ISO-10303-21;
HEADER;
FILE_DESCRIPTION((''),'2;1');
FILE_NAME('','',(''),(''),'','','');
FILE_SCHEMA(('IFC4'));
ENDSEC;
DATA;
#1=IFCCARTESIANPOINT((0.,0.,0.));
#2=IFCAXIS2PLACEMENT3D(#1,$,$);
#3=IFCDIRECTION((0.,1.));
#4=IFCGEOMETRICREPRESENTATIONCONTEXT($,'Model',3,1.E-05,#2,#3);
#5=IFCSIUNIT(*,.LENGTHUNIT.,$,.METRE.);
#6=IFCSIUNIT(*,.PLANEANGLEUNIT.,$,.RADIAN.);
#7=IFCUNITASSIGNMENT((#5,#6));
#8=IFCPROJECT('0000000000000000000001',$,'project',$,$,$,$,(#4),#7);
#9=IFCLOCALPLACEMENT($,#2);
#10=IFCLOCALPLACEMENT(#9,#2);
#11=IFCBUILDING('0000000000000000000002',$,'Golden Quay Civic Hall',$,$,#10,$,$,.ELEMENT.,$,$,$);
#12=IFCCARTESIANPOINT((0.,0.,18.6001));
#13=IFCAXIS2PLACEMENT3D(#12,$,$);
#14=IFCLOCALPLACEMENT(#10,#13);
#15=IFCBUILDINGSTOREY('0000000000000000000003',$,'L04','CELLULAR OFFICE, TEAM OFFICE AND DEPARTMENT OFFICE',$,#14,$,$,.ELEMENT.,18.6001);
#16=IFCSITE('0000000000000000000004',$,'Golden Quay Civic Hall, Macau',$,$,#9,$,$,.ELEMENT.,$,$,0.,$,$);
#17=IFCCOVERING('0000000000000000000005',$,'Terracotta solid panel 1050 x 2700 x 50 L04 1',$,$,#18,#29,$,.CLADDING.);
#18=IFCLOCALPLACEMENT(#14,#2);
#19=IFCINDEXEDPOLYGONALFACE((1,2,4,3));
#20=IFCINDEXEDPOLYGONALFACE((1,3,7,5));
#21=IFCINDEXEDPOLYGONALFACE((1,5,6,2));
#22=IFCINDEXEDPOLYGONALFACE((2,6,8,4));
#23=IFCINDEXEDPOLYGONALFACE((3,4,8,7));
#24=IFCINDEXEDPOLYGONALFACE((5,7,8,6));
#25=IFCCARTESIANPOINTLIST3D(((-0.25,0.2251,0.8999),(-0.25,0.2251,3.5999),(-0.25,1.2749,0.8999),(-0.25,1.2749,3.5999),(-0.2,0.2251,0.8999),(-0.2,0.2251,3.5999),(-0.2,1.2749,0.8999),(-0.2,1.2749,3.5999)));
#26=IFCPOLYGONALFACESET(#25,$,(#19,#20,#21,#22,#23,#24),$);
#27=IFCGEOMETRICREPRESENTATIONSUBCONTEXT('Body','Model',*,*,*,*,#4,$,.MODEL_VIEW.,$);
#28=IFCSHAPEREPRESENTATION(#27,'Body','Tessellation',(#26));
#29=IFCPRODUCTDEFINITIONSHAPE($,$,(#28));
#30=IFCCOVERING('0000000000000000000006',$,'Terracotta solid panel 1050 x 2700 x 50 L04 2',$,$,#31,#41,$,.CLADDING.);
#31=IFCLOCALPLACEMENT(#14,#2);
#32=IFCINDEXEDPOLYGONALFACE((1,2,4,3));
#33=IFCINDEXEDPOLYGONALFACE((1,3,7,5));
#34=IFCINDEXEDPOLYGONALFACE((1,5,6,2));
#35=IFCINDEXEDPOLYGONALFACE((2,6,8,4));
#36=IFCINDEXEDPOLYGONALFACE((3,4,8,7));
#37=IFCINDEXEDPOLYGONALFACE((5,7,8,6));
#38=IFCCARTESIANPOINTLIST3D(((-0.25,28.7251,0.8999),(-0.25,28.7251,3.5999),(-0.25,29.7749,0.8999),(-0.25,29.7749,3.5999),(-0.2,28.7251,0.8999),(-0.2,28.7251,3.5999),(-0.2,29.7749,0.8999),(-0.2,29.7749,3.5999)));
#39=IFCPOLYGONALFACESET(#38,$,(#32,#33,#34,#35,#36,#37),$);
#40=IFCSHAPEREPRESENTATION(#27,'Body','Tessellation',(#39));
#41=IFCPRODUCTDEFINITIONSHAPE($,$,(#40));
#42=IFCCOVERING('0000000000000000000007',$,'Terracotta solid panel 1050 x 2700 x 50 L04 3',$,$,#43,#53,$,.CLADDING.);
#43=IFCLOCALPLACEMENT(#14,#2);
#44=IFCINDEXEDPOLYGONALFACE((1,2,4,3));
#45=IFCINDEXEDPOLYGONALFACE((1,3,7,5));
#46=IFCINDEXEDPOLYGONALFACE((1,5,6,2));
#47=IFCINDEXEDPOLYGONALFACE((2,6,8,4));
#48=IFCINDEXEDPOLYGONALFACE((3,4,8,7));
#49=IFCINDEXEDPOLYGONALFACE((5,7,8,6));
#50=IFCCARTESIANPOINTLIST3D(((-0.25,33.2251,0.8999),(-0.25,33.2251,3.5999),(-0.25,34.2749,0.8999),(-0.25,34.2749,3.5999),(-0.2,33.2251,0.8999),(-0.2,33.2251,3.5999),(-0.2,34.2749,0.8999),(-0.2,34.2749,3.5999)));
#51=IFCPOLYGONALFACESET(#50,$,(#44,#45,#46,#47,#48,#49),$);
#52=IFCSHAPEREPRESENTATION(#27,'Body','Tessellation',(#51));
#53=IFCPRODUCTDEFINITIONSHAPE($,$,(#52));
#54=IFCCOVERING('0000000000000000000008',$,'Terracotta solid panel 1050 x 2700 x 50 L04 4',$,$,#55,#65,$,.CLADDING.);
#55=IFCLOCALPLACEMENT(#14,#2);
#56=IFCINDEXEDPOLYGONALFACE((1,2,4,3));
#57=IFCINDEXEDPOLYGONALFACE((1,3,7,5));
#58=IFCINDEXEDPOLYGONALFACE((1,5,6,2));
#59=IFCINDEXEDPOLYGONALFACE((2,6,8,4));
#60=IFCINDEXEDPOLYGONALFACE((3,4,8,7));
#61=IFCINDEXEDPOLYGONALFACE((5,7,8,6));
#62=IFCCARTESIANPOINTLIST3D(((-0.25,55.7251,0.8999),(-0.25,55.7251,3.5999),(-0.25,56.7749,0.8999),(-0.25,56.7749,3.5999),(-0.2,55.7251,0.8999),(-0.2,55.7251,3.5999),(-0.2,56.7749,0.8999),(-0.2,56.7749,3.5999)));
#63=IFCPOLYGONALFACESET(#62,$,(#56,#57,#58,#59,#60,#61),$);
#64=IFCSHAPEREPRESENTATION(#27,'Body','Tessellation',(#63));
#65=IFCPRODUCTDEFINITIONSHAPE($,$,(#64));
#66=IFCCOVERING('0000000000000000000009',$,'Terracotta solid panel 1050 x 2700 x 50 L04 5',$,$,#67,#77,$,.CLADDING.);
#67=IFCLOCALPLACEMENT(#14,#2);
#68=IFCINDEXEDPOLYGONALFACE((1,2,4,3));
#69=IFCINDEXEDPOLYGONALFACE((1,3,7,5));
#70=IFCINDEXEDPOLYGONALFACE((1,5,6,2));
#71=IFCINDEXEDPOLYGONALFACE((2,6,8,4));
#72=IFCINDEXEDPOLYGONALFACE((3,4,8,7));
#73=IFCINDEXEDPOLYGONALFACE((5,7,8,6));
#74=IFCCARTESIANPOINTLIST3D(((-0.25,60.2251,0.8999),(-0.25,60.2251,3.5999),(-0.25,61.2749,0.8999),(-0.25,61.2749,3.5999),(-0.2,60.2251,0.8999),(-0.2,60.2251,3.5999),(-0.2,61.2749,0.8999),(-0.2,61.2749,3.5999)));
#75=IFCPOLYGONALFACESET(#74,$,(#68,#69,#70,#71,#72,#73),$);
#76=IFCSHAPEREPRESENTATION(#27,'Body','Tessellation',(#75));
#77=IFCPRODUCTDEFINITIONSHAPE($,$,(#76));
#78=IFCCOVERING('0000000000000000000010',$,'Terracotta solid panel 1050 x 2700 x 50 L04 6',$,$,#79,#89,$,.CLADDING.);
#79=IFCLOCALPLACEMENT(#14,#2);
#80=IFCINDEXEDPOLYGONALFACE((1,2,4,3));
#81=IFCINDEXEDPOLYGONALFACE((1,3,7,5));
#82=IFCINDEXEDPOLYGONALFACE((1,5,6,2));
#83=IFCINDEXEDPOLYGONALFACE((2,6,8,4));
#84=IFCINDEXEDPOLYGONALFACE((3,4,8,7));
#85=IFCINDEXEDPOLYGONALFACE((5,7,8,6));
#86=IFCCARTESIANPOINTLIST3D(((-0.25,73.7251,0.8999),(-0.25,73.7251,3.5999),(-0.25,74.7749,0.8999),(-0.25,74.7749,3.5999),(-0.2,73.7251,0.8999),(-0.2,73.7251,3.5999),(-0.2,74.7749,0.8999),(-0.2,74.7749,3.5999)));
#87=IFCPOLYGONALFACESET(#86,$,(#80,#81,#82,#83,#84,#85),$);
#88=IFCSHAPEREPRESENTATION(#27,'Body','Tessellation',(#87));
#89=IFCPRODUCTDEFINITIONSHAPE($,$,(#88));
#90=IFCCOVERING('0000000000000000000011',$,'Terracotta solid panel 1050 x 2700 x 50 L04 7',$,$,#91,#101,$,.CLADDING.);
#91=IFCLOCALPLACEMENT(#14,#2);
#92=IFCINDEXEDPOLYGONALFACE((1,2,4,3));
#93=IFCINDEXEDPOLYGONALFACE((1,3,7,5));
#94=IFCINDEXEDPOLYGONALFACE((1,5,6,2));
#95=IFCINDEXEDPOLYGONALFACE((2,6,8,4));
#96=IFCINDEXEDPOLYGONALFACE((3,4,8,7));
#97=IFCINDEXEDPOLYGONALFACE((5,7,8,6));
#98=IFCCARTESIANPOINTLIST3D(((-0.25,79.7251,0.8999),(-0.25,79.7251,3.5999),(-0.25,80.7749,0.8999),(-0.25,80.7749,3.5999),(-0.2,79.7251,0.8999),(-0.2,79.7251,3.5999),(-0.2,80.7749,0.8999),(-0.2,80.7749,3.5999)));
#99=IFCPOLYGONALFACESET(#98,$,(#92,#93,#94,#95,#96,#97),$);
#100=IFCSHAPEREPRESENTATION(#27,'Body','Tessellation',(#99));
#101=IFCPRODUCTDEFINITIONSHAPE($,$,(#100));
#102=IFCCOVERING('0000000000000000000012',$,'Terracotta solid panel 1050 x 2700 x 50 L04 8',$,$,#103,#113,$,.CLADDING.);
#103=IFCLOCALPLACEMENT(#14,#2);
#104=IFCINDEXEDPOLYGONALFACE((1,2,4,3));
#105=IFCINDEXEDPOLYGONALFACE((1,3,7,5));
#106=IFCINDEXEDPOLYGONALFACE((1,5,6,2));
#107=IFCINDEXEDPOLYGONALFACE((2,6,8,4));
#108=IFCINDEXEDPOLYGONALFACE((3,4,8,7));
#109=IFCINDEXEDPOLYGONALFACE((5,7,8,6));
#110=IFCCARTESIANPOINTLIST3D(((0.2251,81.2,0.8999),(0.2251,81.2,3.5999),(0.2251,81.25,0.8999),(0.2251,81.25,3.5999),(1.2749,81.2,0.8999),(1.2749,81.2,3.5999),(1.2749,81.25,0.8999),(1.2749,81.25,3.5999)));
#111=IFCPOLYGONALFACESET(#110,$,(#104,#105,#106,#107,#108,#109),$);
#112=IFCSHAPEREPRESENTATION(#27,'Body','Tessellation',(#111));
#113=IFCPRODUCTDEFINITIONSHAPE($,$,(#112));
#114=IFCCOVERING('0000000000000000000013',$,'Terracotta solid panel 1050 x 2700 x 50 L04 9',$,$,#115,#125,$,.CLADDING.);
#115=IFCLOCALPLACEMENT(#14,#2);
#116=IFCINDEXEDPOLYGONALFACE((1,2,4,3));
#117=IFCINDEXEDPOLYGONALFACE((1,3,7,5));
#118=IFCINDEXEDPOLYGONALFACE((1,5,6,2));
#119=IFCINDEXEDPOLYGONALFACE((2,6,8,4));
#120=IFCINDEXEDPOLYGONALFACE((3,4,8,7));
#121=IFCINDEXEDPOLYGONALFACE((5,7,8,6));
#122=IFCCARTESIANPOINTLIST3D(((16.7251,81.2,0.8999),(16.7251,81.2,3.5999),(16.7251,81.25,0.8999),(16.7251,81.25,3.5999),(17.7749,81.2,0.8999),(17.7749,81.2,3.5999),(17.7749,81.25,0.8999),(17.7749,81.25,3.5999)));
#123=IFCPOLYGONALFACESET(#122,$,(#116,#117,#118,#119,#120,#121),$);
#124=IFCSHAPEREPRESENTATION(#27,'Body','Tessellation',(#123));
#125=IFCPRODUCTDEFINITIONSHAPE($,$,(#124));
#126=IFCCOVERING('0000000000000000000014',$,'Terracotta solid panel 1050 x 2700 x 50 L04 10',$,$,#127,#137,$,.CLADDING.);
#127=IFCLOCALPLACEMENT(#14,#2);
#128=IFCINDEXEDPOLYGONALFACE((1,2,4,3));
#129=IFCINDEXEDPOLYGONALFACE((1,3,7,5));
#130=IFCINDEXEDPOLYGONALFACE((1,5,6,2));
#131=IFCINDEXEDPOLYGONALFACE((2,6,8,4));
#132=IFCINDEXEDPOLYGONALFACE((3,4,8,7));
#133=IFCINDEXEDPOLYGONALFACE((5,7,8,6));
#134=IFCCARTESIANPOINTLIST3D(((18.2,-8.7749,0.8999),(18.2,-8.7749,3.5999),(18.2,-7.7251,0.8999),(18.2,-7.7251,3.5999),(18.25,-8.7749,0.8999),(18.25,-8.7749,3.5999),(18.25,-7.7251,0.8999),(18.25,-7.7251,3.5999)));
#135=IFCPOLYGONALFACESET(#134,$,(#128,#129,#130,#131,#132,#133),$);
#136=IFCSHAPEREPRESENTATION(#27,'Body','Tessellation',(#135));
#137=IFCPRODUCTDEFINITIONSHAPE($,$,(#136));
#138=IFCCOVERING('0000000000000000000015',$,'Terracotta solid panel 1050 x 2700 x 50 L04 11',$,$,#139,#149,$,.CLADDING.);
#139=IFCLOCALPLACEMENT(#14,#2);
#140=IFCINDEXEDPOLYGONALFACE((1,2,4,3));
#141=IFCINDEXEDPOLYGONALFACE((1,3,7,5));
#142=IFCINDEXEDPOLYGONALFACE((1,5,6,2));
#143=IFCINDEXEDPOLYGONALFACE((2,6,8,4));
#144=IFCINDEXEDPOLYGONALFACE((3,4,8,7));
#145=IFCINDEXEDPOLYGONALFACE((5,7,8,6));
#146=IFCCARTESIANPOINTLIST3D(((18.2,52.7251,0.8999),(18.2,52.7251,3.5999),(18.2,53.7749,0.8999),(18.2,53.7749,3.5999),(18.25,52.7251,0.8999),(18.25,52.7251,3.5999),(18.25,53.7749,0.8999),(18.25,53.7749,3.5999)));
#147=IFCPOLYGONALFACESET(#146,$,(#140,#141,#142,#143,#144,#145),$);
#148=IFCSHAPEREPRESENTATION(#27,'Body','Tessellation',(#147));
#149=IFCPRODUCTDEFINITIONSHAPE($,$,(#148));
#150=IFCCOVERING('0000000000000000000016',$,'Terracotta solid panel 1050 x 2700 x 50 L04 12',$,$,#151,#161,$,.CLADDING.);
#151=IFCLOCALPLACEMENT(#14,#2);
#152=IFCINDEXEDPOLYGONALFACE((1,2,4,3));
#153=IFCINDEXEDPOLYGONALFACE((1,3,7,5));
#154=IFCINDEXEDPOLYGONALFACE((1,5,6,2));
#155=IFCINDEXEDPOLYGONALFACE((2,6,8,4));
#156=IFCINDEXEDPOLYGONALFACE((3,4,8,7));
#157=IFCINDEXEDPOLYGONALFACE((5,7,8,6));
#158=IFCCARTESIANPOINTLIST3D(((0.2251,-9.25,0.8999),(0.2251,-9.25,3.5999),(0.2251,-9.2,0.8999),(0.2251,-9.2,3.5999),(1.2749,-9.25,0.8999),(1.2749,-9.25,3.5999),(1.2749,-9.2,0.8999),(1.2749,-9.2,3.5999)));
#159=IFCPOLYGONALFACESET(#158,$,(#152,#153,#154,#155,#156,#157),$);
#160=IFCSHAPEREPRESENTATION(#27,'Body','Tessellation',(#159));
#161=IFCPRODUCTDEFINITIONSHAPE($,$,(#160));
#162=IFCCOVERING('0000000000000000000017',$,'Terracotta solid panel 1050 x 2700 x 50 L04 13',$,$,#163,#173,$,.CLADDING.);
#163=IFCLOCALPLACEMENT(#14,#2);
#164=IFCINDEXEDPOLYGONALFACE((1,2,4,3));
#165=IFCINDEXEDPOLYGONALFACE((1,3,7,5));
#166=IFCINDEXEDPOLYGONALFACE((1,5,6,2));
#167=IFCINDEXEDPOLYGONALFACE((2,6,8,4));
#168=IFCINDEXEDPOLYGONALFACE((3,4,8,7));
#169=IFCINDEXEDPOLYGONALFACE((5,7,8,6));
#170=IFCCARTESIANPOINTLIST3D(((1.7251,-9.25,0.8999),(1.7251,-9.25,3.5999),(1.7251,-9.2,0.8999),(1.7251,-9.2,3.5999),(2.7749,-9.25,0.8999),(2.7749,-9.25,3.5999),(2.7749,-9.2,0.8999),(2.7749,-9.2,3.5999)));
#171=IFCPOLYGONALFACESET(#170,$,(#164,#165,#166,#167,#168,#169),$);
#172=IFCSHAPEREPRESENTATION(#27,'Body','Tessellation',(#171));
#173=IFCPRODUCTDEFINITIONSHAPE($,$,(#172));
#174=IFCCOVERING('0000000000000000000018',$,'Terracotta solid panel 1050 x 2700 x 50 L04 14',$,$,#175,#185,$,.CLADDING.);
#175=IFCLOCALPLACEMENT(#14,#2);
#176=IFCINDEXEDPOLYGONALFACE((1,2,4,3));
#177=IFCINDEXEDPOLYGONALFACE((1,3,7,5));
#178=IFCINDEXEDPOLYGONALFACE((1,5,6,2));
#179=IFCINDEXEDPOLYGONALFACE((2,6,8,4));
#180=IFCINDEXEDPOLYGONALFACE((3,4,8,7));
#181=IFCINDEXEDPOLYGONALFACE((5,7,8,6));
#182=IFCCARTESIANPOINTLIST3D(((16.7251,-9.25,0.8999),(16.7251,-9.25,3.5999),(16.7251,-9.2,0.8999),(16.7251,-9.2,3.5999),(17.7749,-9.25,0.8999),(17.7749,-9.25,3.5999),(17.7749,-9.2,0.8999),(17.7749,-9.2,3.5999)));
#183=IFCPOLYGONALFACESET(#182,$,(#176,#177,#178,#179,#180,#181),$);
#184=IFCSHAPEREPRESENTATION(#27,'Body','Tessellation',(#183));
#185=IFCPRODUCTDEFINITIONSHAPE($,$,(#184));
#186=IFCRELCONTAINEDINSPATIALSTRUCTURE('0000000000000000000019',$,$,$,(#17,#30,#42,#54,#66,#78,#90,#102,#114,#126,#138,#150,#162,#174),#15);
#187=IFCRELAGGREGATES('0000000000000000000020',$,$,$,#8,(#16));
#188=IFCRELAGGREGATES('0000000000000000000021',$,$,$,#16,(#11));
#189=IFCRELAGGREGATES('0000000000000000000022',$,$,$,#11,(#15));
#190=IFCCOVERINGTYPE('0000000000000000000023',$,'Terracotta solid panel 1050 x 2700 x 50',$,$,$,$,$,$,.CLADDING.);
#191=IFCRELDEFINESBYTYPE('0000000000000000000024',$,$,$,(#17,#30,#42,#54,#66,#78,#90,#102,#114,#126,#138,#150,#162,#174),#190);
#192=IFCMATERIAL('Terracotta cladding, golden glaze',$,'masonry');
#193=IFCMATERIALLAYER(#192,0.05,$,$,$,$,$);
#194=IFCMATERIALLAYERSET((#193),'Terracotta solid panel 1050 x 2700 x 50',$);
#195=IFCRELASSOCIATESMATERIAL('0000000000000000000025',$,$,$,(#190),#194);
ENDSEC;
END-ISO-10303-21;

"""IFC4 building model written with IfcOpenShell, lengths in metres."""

from ifc_helpers import new_model, si_unit, direction, frame, origin, place, context, subcontext, project, spatial, polyline, outline, extrude, material, layer, layer_set, type_object, element, save


model = new_model("IFC4")

# Units and contexts
model_context = context("Model", 3, precision=1e-05, world=origin(), true_north=direction((0.0, 1.0)))
body_context = subcontext(model_context, "Body", "Model", "MODEL_VIEW")
ifc_project = project(units=[si_unit("LENGTHUNIT", "METRE"), si_unit("PLANEANGLEUNIT", "RADIAN")], contexts=[model_context])

# Site, building, storey
site_placement = place(None, origin())
site = spatial("IfcSite", under=ifc_project, at=site_placement, Name="Golden Quay Civic Hall, Macau", CompositionType="ELEMENT", RefElevation=0.0)
building_placement = place(site_placement, origin())
building = spatial("IfcBuilding", under=site, at=building_placement, Name="Golden Quay Civic Hall", CompositionType="ELEMENT")
storey_placement = place(building_placement, frame((0.0, 0.0, 18.6001)))
storey = spatial("IfcBuildingStorey", under=building, at=storey_placement, Name="L04", Description="CELLULAR OFFICE, TEAM OFFICE AND DEPARTMENT OFFICE", CompositionType="ELEMENT", Elevation=18.6001)

# Coverings
ifc_material_1 = material(Name="Terracotta cladding, golden glaze", Category="masonry")
ifc_layer_1 = layer(ifc_material_1, 0.05)
ifc_layer_set_1 = layer_set([ifc_layer_1], Name="Terracotta solid panel 1050 x 2700 x 50")
covering_type = type_object("IfcCoveringType", Name="Terracotta solid panel 1050 x 2700 x 50", PredefinedType="CLADDING", material=ifc_layer_set_1)
covering_1_placement = place(storey_placement, frame((0.0, 0.0, 0.8999)))
element("IfcCovering", 1, at=covering_1_placement, inside=storey, type_object=covering_type, Name="Terracotta solid panel 1050 x 2700 x 50 L04 1", PredefinedType="CLADDING", context=body_context, shape_type="SweptSolid", body=[
    extrude(outline(polyline([(-0.2, 0.2251), (-0.2, 1.2749), (-0.25, 1.2749), (-0.25, 0.2251), (-0.2, 0.2251)])), origin(), (0.0, 0.0, 1.0), 2.7),
])
covering_2_placement = place(storey_placement, frame((0.0, 0.0, 0.8999)))
element("IfcCovering", 2, at=covering_2_placement, inside=storey, type_object=covering_type, Name="Terracotta solid panel 1050 x 2700 x 50 L04 2", PredefinedType="CLADDING", context=body_context, shape_type="SweptSolid", body=[
    extrude(outline(polyline([(-0.2, 28.7251), (-0.2, 29.7749), (-0.25, 29.7749), (-0.25, 28.7251), (-0.2, 28.7251)])), origin(), (0.0, 0.0, 1.0), 2.7),
])
covering_3_placement = place(storey_placement, frame((0.0, 0.0, 0.8999)))
element("IfcCovering", 3, at=covering_3_placement, inside=storey, type_object=covering_type, Name="Terracotta solid panel 1050 x 2700 x 50 L04 3", PredefinedType="CLADDING", context=body_context, shape_type="SweptSolid", body=[
    extrude(outline(polyline([(-0.2, 33.2251), (-0.2, 34.2749), (-0.25, 34.2749), (-0.25, 33.2251), (-0.2, 33.2251)])), origin(), (0.0, 0.0, 1.0), 2.7),
])
covering_4_placement = place(storey_placement, frame((0.0, 0.0, 0.8999)))
element("IfcCovering", 4, at=covering_4_placement, inside=storey, type_object=covering_type, Name="Terracotta solid panel 1050 x 2700 x 50 L04 4", PredefinedType="CLADDING", context=body_context, shape_type="SweptSolid", body=[
    extrude(outline(polyline([(-0.2, 55.7251), (-0.2, 56.7749), (-0.25, 56.7749), (-0.25, 55.7251), (-0.2, 55.7251)])), origin(), (0.0, 0.0, 1.0), 2.7),
])
covering_5_placement = place(storey_placement, frame((0.0, 0.0, 0.8999)))
element("IfcCovering", 5, at=covering_5_placement, inside=storey, type_object=covering_type, Name="Terracotta solid panel 1050 x 2700 x 50 L04 5", PredefinedType="CLADDING", context=body_context, shape_type="SweptSolid", body=[
    extrude(outline(polyline([(-0.2, 60.2251), (-0.2, 61.2749), (-0.25, 61.2749), (-0.25, 60.2251), (-0.2, 60.2251)])), origin(), (0.0, 0.0, 1.0), 2.7),
])
covering_6_placement = place(storey_placement, frame((0.0, 0.0, 0.8999)))
element("IfcCovering", 6, at=covering_6_placement, inside=storey, type_object=covering_type, Name="Terracotta solid panel 1050 x 2700 x 50 L04 6", PredefinedType="CLADDING", context=body_context, shape_type="SweptSolid", body=[
    extrude(outline(polyline([(-0.2, 73.7251), (-0.2, 74.7749), (-0.25, 74.7749), (-0.25, 73.7251), (-0.2, 73.7251)])), origin(), (0.0, 0.0, 1.0), 2.7),
])
covering_7_placement = place(storey_placement, frame((0.0, 0.0, 0.8999)))
element("IfcCovering", 7, at=covering_7_placement, inside=storey, type_object=covering_type, Name="Terracotta solid panel 1050 x 2700 x 50 L04 7", PredefinedType="CLADDING", context=body_context, shape_type="SweptSolid", body=[
    extrude(outline(polyline([(-0.2, 79.7251), (-0.2, 80.7749), (-0.25, 80.7749), (-0.25, 79.7251), (-0.2, 79.7251)])), origin(), (0.0, 0.0, 1.0), 2.7),
])
covering_8_placement = place(storey_placement, frame((0.0, 0.0, 0.8999)))
element("IfcCovering", 8, at=covering_8_placement, inside=storey, type_object=covering_type, Name="Terracotta solid panel 1050 x 2700 x 50 L04 8", PredefinedType="CLADDING", context=body_context, shape_type="SweptSolid", body=[
    extrude(outline(polyline([(0.2251, 81.2), (1.2749, 81.2), (1.2749, 81.25), (0.2251, 81.25), (0.2251, 81.2)])), origin(), (0.0, 0.0, 1.0), 2.7),
])
covering_9_placement = place(storey_placement, frame((0.0, 0.0, 0.8999)))
element("IfcCovering", 9, at=covering_9_placement, inside=storey, type_object=covering_type, Name="Terracotta solid panel 1050 x 2700 x 50 L04 9", PredefinedType="CLADDING", context=body_context, shape_type="SweptSolid", body=[
    extrude(outline(polyline([(16.7251, 81.2), (17.7749, 81.2), (17.7749, 81.25), (16.7251, 81.25), (16.7251, 81.2)])), origin(), (0.0, 0.0, 1.0), 2.7),
])
covering_10_placement = place(storey_placement, frame((0.0, 0.0, 0.8999)))
element("IfcCovering", 10, at=covering_10_placement, inside=storey, type_object=covering_type, Name="Terracotta solid panel 1050 x 2700 x 50 L04 10", PredefinedType="CLADDING", context=body_context, shape_type="SweptSolid", body=[
    extrude(outline(polyline([(18.2, -8.7749), (18.2, -7.7251), (18.25, -7.7251), (18.25, -8.7749), (18.2, -8.7749)])), origin(), (0.0, 0.0, 1.0), 2.7),
])
covering_11_placement = place(storey_placement, frame((0.0, 0.0, 0.8999)))
element("IfcCovering", 11, at=covering_11_placement, inside=storey, type_object=covering_type, Name="Terracotta solid panel 1050 x 2700 x 50 L04 11", PredefinedType="CLADDING", context=body_context, shape_type="SweptSolid", body=[
    extrude(outline(polyline([(18.2, 52.7251), (18.2, 53.7749), (18.25, 53.7749), (18.25, 52.7251), (18.2, 52.7251)])), origin(), (0.0, 0.0, 1.0), 2.7),
])
covering_12_placement = place(storey_placement, frame((0.0, 0.0, 0.8999)))
element("IfcCovering", 12, at=covering_12_placement, inside=storey, type_object=covering_type, Name="Terracotta solid panel 1050 x 2700 x 50 L04 12", PredefinedType="CLADDING", context=body_context, shape_type="SweptSolid", body=[
    extrude(outline(polyline([(0.2251, -9.2), (1.2749, -9.2), (1.2749, -9.25), (0.2251, -9.25), (0.2251, -9.2)])), origin(), (0.0, 0.0, 1.0), 2.7),
])
covering_13_placement = place(storey_placement, frame((0.0, 0.0, 0.8999)))
element("IfcCovering", 13, at=covering_13_placement, inside=storey, type_object=covering_type, Name="Terracotta solid panel 1050 x 2700 x 50 L04 13", PredefinedType="CLADDING", context=body_context, shape_type="SweptSolid", body=[
    extrude(outline(polyline([(1.7251, -9.2), (2.7749, -9.2), (2.7749, -9.25), (1.7251, -9.25), (1.7251, -9.2)])), origin(), (0.0, 0.0, 1.0), 2.7),
])
covering_14_placement = place(storey_placement, frame((0.0, 0.0, 0.8999)))
element("IfcCovering", 14, at=covering_14_placement, inside=storey, type_object=covering_type, Name="Terracotta solid panel 1050 x 2700 x 50 L04 14", PredefinedType="CLADDING", context=body_context, shape_type="SweptSolid", body=[
    extrude(outline(polyline([(16.7251, -9.2), (17.7749, -9.2), (17.7749, -9.25), (16.7251, -9.25), (16.7251, -9.2)])), origin(), (0.0, 0.0, 1.0), 2.7),
])

save(model, "model.ifc")
